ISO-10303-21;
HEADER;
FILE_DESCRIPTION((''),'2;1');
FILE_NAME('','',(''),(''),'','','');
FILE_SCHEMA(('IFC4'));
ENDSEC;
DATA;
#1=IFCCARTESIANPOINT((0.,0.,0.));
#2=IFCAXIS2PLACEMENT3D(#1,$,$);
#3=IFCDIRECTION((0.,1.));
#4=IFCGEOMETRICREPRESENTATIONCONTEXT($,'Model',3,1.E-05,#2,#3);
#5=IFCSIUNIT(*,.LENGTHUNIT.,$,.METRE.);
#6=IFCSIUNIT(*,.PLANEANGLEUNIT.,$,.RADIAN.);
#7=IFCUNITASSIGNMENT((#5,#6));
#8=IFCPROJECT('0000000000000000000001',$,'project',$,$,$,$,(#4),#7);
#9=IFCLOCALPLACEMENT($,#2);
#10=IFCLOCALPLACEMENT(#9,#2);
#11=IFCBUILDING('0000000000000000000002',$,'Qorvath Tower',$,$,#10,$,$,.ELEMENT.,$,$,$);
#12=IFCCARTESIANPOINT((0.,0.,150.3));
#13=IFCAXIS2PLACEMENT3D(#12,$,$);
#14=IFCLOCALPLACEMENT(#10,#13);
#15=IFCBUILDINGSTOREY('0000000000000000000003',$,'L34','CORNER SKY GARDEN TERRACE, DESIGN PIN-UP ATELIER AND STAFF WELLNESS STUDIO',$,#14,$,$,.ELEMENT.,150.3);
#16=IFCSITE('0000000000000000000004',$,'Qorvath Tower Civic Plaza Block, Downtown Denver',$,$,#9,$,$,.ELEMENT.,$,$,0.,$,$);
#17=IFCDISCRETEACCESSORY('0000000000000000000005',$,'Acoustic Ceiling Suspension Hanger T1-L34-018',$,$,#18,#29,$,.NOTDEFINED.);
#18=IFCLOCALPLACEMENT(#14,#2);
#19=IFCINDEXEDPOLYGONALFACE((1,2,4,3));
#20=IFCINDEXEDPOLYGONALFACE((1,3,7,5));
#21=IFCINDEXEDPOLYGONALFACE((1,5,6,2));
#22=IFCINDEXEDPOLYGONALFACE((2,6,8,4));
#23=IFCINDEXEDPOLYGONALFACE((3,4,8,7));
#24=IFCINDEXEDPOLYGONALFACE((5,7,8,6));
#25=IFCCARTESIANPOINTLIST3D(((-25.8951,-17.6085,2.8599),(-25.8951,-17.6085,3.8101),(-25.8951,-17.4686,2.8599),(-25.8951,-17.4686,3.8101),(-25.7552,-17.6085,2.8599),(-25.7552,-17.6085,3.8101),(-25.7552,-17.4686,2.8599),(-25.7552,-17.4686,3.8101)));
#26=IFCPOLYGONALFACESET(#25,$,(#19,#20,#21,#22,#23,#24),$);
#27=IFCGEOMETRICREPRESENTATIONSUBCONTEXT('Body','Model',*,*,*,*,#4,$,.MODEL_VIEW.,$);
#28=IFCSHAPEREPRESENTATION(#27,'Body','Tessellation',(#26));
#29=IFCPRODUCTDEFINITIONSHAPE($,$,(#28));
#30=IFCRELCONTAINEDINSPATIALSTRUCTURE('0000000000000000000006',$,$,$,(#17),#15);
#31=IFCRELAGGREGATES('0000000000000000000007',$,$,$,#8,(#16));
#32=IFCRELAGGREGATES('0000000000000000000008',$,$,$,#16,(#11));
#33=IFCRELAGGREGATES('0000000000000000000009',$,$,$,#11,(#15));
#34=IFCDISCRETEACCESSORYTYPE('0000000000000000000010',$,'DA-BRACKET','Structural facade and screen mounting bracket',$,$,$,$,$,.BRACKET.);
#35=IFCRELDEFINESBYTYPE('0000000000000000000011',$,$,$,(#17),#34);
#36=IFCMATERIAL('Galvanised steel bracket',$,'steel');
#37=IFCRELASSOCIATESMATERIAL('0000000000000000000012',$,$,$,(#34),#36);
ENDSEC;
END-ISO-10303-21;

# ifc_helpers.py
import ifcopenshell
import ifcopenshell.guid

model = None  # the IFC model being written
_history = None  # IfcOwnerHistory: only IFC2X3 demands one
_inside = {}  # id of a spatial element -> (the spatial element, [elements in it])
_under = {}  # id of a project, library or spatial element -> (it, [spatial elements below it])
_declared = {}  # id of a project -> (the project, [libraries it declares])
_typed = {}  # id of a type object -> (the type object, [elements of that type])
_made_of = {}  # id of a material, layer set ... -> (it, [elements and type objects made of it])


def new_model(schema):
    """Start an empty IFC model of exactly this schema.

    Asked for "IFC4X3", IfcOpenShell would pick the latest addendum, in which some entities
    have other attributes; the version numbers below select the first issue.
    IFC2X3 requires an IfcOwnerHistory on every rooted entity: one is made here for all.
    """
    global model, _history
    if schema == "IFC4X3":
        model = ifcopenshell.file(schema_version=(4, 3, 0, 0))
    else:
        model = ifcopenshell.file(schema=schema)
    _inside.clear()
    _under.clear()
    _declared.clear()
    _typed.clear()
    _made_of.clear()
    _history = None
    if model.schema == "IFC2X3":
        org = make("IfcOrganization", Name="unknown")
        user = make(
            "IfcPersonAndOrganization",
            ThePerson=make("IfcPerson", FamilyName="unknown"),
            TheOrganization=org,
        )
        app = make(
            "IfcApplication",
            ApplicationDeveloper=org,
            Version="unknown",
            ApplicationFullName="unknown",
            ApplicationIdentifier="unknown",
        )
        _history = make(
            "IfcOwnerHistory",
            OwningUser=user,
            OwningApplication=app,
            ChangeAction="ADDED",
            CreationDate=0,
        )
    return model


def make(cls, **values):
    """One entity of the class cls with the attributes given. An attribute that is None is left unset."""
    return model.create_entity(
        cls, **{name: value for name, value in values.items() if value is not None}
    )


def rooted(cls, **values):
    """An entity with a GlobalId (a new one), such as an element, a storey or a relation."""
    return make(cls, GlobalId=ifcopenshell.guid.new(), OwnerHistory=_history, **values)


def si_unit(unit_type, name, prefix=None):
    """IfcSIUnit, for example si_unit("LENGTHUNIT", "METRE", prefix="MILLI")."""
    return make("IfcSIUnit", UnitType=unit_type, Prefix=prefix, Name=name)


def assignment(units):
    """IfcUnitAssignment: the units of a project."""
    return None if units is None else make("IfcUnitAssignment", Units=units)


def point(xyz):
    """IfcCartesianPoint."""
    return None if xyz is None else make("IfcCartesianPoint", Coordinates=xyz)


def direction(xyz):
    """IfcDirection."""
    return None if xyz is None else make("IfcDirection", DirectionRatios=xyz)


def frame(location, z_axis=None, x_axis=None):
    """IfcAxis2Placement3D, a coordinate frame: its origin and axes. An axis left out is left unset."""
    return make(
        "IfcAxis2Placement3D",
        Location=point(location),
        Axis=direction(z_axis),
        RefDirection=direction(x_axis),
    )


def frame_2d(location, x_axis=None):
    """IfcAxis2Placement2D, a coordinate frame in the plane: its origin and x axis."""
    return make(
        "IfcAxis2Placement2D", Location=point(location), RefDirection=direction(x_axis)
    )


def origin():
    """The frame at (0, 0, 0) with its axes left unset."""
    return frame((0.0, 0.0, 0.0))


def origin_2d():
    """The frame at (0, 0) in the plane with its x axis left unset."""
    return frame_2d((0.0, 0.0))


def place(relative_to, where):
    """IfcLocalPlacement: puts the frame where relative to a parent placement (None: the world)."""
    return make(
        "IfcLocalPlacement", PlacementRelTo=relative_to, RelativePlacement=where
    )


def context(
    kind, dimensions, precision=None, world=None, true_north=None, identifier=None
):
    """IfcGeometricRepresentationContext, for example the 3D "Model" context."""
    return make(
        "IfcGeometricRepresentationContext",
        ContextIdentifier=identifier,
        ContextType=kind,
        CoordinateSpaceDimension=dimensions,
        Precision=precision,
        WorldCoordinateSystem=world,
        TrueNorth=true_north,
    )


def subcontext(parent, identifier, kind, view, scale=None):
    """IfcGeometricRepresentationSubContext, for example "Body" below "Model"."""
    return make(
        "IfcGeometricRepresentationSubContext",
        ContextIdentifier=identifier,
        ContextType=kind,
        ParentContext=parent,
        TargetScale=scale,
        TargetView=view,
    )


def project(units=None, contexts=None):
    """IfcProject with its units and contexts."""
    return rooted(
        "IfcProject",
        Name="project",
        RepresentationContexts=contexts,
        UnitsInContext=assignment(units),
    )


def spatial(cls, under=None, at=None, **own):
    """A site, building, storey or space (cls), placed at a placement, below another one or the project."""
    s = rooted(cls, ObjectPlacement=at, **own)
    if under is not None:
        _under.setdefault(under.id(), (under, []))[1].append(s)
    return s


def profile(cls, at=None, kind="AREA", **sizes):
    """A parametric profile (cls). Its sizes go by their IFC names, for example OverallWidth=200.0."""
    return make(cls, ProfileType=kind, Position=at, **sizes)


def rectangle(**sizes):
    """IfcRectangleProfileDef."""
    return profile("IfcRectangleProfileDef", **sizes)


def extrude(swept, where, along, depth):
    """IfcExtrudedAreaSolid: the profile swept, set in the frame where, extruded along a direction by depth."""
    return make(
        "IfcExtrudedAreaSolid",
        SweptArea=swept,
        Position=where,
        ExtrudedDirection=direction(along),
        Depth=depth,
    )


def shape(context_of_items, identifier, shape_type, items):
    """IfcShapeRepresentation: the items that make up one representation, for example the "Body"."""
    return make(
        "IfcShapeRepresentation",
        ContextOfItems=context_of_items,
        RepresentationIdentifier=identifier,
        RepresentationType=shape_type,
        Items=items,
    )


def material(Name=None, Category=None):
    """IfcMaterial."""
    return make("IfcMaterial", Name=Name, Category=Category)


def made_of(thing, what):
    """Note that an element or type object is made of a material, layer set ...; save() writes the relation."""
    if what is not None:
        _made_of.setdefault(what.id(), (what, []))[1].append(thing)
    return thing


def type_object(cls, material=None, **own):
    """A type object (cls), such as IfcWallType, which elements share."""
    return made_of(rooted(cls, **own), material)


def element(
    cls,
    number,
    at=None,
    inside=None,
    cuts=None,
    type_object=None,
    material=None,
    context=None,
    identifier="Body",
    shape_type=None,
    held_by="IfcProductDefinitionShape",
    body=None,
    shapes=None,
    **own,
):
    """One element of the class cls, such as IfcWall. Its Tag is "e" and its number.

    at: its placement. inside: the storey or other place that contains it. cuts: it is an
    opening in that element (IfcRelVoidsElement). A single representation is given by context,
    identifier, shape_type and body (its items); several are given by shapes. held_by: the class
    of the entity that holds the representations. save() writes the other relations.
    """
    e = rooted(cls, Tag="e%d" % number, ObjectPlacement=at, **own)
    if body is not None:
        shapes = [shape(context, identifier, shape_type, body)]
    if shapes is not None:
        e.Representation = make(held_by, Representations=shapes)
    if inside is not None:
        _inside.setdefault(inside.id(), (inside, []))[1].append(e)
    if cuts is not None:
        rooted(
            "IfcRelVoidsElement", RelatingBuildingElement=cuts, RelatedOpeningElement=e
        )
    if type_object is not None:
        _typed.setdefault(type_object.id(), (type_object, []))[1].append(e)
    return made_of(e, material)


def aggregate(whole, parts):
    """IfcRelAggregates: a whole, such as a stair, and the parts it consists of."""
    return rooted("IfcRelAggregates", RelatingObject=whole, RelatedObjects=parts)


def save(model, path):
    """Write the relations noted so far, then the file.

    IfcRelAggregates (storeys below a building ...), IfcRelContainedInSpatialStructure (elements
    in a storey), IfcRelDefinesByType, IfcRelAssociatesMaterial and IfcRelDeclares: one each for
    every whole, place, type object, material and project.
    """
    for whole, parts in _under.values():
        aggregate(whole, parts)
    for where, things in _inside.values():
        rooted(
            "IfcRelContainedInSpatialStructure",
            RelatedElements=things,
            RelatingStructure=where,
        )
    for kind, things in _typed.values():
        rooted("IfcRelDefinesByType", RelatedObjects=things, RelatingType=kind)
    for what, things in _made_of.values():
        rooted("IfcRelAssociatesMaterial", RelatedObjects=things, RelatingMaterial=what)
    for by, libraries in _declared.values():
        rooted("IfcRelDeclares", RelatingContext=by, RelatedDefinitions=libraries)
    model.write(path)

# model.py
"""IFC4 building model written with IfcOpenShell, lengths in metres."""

from ifc_helpers import new_model, si_unit, direction, frame, origin, origin_2d, place, context, subcontext, project, spatial, rectangle, extrude, material, type_object, element, save


model = new_model("IFC4")

# Units and contexts
model_context = context("Model", 3, precision=1e-05, world=origin(), true_north=direction((0.0, 1.0)))
body_context = subcontext(model_context, "Body", "Model", "MODEL_VIEW")
ifc_project = project(units=[si_unit("LENGTHUNIT", "METRE"), si_unit("PLANEANGLEUNIT", "RADIAN")], contexts=[model_context])

# Site, building, storey
site_placement = place(None, origin())
site = spatial("IfcSite", under=ifc_project, at=site_placement, Name="Qorvath Tower Civic Plaza Block, Downtown Denver", CompositionType="ELEMENT", RefElevation=0.0)
building_placement = place(site_placement, origin())
building = spatial("IfcBuilding", under=site, at=building_placement, Name="Qorvath Tower", CompositionType="ELEMENT")
storey_placement = place(building_placement, frame((0.0, 0.0, 150.3)))
storey = spatial("IfcBuildingStorey", under=building, at=storey_placement, Name="L34", Description="CORNER SKY GARDEN TERRACE, DESIGN PIN-UP ATELIER AND STAFF WELLNESS STUDIO", CompositionType="ELEMENT", Elevation=150.3)

# Discrete accessory
ifc_material_1 = material(Name="Galvanised steel bracket", Category="steel")
discrete_accessory_type = type_object("IfcDiscreteAccessoryType", Name="DA-BRACKET", Description="Structural facade and screen mounting bracket", PredefinedType="BRACKET", material=ifc_material_1)
discrete_accessory_placement = place(storey_placement, frame((-25.8252, -17.5386, 2.8599), z_axis=(0.0, 0.0, 1.0), x_axis=(1.0, 0.0, 0.0)))
element("IfcDiscreteAccessory", 1, at=discrete_accessory_placement, inside=storey, type_object=discrete_accessory_type, Name="Acoustic Ceiling Suspension Hanger T1-L34-018", PredefinedType="NOTDEFINED", context=body_context, shape_type="SweptSolid", body=[
    extrude(rectangle(XDim=0.1399, YDim=0.1399, at=origin_2d()), origin(), (0.0, 0.0, 1.0), 0.9502),
])

save(model, "model.ifc")
